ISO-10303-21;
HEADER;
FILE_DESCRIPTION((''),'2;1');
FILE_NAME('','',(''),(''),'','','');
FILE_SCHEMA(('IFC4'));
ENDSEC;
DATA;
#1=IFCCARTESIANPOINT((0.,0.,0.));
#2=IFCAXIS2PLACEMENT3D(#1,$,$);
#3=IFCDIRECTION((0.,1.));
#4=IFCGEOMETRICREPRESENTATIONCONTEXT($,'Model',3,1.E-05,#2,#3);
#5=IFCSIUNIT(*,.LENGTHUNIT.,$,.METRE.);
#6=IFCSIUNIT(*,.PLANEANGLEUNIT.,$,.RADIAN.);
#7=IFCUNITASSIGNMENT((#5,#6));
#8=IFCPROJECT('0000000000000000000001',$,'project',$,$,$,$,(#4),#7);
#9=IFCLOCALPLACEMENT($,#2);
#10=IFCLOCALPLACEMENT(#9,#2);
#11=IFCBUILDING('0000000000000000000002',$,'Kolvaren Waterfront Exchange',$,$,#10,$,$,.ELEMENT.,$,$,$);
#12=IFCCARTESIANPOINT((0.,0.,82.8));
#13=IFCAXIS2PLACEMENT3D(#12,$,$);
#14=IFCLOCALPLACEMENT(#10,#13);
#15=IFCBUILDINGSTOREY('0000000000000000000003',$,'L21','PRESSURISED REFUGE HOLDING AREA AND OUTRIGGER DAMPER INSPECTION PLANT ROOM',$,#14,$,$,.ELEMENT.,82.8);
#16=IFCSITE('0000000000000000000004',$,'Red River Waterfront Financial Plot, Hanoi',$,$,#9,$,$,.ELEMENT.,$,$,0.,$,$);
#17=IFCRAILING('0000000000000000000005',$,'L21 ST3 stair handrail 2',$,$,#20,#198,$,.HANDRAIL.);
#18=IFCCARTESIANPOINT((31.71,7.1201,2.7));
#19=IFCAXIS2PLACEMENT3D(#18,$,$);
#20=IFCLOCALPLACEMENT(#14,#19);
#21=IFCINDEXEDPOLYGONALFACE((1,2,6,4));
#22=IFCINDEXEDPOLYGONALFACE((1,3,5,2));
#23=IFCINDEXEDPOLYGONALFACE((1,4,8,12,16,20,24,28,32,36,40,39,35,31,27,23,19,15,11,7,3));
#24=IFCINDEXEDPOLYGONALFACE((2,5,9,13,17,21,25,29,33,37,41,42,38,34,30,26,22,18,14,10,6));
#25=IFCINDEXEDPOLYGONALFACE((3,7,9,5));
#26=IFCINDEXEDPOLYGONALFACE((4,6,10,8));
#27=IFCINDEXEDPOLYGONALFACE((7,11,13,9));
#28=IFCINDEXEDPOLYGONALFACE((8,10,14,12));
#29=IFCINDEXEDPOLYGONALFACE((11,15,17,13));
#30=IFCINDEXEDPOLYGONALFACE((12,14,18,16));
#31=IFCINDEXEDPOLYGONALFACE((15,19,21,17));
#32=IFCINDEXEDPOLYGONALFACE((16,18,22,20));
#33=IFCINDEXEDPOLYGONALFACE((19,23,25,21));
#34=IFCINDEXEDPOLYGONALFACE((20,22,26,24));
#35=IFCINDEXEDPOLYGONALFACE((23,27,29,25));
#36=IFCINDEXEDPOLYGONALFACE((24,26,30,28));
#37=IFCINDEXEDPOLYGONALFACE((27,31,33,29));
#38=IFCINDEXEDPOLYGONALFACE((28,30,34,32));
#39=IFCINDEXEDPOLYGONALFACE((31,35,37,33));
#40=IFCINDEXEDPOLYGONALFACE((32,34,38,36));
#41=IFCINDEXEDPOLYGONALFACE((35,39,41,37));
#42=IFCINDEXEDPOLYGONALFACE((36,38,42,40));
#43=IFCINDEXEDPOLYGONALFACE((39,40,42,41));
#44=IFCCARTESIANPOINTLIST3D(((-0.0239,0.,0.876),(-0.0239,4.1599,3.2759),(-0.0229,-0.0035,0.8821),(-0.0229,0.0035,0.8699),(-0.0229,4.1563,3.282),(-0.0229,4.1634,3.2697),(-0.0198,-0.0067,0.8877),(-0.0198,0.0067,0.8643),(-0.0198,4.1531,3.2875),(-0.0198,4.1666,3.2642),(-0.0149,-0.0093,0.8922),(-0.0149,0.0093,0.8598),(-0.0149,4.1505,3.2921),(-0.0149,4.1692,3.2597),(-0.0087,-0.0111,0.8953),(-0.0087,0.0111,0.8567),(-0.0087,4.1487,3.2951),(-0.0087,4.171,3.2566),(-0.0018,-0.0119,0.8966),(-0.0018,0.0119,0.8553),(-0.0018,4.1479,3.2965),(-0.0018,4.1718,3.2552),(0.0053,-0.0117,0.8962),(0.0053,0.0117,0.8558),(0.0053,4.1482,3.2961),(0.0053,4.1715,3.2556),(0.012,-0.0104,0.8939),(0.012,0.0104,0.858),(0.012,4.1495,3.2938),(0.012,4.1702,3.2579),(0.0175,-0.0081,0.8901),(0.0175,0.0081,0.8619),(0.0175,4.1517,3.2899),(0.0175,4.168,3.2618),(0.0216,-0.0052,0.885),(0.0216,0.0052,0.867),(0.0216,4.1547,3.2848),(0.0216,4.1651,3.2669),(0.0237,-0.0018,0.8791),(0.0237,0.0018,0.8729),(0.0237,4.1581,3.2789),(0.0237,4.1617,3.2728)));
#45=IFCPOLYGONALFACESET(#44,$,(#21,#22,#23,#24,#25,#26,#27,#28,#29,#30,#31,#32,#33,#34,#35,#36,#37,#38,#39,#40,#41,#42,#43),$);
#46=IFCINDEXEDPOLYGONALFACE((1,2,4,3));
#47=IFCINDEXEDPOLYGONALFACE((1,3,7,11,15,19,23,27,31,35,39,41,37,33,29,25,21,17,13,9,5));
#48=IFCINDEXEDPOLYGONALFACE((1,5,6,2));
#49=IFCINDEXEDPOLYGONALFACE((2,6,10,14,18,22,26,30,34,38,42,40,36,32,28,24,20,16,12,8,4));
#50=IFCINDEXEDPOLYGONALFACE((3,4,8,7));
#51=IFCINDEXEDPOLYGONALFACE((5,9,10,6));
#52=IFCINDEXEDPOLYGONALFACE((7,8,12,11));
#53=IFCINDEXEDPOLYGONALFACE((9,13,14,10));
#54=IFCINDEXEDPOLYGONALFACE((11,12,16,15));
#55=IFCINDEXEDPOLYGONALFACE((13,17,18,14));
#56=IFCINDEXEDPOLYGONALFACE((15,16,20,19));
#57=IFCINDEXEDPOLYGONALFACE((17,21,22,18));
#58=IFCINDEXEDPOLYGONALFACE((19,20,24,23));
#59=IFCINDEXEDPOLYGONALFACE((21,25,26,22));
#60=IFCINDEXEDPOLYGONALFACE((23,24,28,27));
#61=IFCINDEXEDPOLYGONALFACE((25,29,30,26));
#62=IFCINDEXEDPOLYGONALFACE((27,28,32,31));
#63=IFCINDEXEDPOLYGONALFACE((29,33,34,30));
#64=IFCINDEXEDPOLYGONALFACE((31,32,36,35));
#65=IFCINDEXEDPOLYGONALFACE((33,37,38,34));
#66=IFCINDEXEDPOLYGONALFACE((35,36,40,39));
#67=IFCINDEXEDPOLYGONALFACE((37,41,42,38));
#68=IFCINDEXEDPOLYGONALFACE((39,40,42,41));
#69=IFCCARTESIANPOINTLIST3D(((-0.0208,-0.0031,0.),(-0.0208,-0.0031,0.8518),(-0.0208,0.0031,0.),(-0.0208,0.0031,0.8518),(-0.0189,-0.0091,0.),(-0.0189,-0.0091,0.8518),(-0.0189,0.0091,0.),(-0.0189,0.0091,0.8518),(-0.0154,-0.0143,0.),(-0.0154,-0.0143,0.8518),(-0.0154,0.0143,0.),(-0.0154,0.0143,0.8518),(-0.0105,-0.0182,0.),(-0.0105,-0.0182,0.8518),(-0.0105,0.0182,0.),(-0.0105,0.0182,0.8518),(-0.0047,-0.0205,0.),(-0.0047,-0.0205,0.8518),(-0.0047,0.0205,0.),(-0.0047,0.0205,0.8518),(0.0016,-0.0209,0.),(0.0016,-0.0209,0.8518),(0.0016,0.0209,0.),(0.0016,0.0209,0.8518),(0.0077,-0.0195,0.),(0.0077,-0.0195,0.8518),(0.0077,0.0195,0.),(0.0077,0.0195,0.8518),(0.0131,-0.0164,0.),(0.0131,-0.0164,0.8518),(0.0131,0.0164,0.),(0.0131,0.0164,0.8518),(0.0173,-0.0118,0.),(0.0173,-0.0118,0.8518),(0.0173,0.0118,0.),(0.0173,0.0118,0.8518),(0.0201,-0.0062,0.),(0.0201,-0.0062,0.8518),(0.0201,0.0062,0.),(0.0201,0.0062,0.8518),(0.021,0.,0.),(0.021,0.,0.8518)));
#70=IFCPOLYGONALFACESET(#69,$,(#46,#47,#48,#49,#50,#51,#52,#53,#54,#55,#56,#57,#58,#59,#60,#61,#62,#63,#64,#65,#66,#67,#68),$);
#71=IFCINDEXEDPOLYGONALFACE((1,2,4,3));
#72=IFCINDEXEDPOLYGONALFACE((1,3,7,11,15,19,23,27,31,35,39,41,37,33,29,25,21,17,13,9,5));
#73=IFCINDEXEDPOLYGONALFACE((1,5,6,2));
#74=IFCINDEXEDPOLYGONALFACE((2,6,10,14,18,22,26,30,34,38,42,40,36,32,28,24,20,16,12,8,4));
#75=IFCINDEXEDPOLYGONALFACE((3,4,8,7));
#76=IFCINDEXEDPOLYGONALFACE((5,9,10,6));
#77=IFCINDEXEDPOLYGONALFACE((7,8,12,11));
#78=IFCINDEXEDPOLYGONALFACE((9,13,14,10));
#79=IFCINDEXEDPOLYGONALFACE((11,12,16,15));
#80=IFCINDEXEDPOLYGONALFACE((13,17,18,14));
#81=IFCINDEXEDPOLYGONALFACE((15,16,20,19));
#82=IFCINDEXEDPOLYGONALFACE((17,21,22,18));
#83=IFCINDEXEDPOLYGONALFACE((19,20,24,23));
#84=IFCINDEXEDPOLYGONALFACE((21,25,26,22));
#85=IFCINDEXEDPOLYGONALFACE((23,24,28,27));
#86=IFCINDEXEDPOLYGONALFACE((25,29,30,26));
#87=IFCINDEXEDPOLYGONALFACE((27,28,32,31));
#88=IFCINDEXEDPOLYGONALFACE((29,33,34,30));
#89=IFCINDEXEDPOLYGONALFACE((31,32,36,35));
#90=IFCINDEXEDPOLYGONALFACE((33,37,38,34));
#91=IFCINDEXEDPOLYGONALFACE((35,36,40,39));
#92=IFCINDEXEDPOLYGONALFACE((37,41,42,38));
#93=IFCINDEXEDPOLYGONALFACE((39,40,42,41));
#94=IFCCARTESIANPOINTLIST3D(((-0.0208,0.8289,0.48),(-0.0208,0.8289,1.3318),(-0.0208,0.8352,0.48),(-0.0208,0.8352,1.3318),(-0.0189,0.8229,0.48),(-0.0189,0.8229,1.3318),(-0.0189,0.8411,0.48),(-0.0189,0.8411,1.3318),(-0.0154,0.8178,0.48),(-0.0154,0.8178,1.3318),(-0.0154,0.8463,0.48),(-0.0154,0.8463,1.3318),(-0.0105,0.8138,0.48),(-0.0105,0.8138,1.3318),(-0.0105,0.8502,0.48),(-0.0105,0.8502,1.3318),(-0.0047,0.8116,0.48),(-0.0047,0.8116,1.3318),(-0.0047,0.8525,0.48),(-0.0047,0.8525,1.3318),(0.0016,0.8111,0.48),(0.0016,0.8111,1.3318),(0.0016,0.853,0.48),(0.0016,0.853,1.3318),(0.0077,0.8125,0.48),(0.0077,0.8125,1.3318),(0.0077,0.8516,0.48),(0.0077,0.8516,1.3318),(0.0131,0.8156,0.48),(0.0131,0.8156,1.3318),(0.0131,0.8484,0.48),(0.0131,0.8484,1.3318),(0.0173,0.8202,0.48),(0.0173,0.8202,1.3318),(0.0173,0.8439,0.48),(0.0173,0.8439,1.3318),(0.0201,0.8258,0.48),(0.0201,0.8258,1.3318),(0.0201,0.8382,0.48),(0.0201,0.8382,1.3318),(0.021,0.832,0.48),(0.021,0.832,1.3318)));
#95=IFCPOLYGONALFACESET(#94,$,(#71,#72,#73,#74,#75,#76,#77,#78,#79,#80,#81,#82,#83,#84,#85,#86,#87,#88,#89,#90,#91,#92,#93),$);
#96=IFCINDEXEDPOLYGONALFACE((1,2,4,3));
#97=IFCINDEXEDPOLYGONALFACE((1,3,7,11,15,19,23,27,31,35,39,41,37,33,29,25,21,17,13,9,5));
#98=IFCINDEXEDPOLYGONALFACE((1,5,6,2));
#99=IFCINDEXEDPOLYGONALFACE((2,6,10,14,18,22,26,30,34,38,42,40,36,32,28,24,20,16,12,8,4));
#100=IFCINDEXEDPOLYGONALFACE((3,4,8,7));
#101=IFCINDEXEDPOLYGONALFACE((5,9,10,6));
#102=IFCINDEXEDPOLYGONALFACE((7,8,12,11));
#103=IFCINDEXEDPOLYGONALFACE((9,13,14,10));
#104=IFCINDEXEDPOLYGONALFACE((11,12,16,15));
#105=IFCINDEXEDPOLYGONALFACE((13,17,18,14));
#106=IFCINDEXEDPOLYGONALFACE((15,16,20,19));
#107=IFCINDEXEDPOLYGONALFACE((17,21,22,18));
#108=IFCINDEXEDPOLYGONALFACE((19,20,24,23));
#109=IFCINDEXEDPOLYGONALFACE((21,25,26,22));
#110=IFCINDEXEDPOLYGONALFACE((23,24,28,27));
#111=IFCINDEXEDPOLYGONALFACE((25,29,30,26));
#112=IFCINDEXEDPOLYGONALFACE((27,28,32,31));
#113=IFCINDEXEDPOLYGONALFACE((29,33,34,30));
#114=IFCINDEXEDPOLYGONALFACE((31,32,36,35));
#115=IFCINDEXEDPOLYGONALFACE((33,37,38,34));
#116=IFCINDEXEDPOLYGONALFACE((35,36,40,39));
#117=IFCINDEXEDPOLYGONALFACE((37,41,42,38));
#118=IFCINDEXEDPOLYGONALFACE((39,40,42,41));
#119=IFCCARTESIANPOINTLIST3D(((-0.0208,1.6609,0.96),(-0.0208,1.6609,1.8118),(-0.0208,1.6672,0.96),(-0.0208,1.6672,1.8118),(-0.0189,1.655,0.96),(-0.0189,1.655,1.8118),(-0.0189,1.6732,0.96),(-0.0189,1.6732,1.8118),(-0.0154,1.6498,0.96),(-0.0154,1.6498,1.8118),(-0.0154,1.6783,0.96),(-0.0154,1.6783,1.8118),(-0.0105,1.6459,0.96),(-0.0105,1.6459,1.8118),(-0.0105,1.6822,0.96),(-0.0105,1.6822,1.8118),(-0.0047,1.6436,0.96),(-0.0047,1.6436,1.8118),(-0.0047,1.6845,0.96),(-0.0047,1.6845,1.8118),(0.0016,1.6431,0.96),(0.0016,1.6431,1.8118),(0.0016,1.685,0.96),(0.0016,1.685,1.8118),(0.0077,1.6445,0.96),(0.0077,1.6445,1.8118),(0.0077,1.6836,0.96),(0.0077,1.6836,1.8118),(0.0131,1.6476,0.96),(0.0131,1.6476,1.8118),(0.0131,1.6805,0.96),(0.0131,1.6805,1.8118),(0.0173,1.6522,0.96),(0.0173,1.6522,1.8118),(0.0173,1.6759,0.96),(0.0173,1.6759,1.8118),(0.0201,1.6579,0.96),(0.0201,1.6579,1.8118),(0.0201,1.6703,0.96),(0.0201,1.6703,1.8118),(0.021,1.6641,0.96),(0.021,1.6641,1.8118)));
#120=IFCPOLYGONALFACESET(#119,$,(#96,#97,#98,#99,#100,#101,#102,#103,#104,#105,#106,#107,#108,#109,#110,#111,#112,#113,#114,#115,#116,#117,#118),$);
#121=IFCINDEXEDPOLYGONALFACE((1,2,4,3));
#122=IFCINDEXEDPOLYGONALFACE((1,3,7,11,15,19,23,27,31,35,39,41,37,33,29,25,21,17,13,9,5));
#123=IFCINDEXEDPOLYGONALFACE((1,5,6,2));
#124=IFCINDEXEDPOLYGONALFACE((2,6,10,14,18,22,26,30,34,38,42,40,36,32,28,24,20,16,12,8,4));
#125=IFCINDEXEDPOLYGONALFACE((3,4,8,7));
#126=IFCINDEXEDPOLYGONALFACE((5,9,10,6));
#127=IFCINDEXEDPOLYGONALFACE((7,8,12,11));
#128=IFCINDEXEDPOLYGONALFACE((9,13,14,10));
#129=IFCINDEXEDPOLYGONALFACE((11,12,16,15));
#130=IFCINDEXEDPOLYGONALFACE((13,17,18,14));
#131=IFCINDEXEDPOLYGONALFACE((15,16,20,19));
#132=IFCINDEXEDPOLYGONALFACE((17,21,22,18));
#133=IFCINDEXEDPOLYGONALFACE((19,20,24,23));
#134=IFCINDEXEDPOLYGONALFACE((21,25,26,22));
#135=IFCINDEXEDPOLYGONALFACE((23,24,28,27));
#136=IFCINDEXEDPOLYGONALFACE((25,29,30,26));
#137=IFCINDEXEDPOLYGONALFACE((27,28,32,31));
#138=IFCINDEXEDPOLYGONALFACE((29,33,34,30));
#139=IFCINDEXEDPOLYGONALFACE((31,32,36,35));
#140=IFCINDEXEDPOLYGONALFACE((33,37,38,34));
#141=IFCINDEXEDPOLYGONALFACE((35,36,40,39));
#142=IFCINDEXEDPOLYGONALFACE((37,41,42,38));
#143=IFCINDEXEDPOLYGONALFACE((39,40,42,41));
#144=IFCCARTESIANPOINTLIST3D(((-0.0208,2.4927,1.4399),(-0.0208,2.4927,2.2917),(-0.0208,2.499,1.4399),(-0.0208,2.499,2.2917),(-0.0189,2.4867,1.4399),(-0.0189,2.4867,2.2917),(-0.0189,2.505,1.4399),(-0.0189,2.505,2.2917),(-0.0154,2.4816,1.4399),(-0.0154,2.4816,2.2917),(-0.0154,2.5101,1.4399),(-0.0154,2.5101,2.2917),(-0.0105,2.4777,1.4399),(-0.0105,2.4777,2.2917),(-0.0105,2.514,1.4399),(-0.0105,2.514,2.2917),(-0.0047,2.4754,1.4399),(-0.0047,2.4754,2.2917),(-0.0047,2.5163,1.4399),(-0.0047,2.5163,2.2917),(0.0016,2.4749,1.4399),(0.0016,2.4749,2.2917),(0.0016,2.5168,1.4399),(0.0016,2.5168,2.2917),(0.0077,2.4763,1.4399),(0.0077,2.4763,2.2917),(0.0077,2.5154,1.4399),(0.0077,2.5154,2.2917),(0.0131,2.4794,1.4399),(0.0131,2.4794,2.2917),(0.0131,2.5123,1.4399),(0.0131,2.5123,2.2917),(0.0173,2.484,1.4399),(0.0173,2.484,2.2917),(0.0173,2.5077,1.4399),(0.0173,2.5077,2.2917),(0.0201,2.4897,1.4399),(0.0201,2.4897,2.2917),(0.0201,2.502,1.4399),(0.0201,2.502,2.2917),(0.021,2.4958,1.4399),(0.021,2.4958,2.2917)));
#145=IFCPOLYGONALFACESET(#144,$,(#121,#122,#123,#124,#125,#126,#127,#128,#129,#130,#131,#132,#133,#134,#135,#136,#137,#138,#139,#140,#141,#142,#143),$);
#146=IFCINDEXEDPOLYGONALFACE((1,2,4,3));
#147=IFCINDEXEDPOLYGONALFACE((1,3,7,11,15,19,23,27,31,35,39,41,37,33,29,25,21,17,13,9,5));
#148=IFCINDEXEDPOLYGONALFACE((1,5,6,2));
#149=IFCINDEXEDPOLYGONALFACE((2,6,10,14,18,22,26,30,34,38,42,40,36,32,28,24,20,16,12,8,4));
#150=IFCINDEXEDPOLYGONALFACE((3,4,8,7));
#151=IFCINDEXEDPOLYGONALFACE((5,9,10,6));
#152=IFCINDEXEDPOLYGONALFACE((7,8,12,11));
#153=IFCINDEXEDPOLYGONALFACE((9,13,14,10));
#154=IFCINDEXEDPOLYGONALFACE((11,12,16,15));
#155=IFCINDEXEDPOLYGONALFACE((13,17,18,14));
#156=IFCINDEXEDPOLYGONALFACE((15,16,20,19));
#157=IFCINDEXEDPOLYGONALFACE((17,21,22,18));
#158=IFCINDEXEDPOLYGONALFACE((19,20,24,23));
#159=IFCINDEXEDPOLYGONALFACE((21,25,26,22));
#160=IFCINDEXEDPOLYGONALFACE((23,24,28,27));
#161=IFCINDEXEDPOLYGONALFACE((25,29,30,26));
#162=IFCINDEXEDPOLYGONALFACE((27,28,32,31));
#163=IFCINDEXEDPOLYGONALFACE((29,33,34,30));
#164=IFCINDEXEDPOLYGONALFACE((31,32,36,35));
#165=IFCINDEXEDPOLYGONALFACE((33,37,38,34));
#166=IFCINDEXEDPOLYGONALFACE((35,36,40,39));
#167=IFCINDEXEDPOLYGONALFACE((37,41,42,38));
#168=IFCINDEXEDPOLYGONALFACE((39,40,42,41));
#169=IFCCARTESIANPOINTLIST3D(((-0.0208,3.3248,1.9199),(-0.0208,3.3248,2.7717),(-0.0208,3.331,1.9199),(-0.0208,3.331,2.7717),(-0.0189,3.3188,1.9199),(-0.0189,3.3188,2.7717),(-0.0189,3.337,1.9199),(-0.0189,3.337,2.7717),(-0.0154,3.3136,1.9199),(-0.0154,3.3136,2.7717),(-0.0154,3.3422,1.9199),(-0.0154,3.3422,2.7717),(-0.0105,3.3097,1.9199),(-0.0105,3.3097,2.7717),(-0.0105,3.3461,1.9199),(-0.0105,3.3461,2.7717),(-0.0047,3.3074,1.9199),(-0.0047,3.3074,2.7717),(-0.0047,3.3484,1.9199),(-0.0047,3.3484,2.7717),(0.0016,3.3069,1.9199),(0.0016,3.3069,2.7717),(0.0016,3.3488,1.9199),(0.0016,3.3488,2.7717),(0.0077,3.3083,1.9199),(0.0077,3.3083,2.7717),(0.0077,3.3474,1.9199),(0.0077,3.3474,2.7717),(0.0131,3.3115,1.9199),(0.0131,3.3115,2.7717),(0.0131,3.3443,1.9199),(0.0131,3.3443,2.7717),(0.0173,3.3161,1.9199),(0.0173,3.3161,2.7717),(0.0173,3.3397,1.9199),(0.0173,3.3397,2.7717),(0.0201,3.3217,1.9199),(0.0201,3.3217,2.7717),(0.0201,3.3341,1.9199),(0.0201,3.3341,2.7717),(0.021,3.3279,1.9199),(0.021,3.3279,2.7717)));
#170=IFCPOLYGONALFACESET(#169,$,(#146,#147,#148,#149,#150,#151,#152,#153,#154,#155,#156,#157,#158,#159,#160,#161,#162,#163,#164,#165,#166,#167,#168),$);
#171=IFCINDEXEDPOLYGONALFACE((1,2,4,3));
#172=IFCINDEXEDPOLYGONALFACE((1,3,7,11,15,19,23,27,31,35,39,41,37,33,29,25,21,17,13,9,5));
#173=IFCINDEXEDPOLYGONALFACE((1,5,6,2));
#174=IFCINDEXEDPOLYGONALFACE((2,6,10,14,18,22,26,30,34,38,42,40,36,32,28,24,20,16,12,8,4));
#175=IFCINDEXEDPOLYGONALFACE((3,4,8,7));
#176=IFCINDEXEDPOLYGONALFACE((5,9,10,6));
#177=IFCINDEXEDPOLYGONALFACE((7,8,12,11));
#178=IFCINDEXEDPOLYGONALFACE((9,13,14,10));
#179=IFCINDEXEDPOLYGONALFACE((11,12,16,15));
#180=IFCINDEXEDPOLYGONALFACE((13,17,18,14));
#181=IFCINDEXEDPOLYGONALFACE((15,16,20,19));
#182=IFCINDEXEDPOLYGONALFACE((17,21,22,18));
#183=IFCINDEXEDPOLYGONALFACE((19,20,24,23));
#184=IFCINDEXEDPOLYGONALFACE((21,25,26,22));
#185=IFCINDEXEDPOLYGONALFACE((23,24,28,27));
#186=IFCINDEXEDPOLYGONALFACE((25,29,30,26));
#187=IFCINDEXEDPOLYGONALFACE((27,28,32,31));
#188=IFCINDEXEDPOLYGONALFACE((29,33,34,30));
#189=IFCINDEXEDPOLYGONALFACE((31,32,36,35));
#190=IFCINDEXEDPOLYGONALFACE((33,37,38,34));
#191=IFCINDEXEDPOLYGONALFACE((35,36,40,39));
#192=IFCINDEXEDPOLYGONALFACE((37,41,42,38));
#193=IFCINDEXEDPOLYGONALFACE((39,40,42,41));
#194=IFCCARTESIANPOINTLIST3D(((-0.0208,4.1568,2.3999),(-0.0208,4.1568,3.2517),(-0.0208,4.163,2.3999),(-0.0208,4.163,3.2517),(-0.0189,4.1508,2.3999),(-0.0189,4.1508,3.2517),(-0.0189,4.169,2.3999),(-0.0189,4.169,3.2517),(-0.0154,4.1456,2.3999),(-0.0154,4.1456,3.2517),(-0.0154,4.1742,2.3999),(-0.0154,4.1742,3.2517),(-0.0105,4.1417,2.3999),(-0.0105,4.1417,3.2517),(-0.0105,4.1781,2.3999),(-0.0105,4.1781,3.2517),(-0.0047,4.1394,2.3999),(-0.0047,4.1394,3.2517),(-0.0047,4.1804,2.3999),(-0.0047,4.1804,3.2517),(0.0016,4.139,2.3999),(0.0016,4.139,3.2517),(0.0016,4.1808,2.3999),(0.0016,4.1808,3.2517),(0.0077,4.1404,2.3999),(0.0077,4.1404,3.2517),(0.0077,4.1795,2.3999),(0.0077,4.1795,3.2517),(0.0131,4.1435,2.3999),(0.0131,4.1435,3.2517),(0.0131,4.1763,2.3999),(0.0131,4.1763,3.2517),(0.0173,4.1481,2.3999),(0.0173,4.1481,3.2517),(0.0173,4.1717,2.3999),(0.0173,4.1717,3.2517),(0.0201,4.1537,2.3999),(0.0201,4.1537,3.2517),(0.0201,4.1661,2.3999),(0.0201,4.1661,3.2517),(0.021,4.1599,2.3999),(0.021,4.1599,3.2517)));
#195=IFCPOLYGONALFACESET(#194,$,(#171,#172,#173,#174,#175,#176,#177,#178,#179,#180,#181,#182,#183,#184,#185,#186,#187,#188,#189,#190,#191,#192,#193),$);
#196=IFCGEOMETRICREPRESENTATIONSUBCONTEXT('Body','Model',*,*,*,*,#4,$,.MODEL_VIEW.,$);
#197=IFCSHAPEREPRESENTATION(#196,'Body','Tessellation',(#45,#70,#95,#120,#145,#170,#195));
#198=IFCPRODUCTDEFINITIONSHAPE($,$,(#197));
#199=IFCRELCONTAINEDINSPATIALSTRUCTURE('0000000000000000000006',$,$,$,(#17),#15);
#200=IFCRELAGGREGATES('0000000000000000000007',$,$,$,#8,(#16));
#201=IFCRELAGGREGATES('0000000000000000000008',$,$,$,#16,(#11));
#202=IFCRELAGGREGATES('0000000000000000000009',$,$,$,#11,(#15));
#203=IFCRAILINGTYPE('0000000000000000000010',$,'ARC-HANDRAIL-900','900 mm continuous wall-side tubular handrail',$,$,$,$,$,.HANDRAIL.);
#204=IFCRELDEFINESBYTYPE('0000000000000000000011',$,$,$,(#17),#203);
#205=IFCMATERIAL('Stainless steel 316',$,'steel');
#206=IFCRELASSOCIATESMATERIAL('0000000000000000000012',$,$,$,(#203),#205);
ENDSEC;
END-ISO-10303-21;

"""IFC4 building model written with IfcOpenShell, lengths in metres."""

from ifc_helpers import new_model, si_unit, direction, frame, origin, origin_2d, place, context, subcontext, project, spatial, circle, extrude, material, type_object, element, save


model = new_model("IFC4")

# Units and contexts
model_context = context("Model", 3, precision=1e-05, world=origin(), true_north=direction((0.0, 1.0)))
body_context = subcontext(model_context, "Body", "Model", "MODEL_VIEW")
ifc_project = project(units=[si_unit("LENGTHUNIT", "METRE"), si_unit("PLANEANGLEUNIT", "RADIAN")], contexts=[model_context])

# Site, building, storey
site_placement = place(None, origin())
site = spatial("IfcSite", under=ifc_project, at=site_placement, Name="Red River Waterfront Financial Plot, Hanoi", CompositionType="ELEMENT", RefElevation=0.0)
building_placement = place(site_placement, origin())
building = spatial("IfcBuilding", under=site, at=building_placement, Name="Kolvaren Waterfront Exchange", CompositionType="ELEMENT")
storey_placement = place(building_placement, frame((0.0, 0.0, 82.8)))
storey = spatial("IfcBuildingStorey", under=building, at=storey_placement, Name="L21", Description="PRESSURISED REFUGE HOLDING AREA AND OUTRIGGER DAMPER INSPECTION PLANT ROOM", CompositionType="ELEMENT", Elevation=82.8)

# Railing
ifc_material_1 = material(Name="Stainless steel 316", Category="steel")
railing_type_1 = type_object("IfcRailingType", Name="ARC-HANDRAIL-900", Description="900 mm continuous wall-side tubular handrail", PredefinedType="HANDRAIL", material=ifc_material_1)
railing_1_placement = place(storey_placement, frame((31.71, 7.1201, 2.7)))
element("IfcRailing", 1, at=railing_1_placement, inside=storey, type_object=railing_type_1, Name="L21 ST3 stair handrail 2", PredefinedType="HANDRAIL", context=body_context, shape_type="SweptSolid", body=[
    extrude(circle(Radius=0.0239, at=origin_2d()), frame((0.0, 0.0, 0.876), z_axis=(0.0, 0.86619, 0.499715), x_axis=(-1.0, 0.0, 0.0)), (0.0, 0.0, 1.0), 4.8025),
    extrude(circle(Radius=0.021, at=origin_2d()), origin(), (0.0, 0.0, 1.0), 0.8518),
    extrude(circle(Radius=0.021, at=origin_2d()), frame((0.0, 0.832, 0.48)), (0.0, 0.0, 1.0), 0.8518),
    extrude(circle(Radius=0.021, at=origin_2d()), frame((0.0, 1.6641, 0.96)), (0.0, 0.0, 1.0), 0.8518),
    extrude(circle(Radius=0.021, at=origin_2d()), frame((0.0, 2.4958, 1.4399)), (0.0, 0.0, 1.0), 0.8518),
    extrude(circle(Radius=0.021, at=origin_2d()), frame((0.0, 3.3279, 1.9199)), (0.0, 0.0, 1.0), 0.8518),
    extrude(circle(Radius=0.021, at=origin_2d()), frame((0.0, 4.1599, 2.3999)), (0.0, 0.0, 1.0), 0.8518),
])

save(model, "model.ifc")
